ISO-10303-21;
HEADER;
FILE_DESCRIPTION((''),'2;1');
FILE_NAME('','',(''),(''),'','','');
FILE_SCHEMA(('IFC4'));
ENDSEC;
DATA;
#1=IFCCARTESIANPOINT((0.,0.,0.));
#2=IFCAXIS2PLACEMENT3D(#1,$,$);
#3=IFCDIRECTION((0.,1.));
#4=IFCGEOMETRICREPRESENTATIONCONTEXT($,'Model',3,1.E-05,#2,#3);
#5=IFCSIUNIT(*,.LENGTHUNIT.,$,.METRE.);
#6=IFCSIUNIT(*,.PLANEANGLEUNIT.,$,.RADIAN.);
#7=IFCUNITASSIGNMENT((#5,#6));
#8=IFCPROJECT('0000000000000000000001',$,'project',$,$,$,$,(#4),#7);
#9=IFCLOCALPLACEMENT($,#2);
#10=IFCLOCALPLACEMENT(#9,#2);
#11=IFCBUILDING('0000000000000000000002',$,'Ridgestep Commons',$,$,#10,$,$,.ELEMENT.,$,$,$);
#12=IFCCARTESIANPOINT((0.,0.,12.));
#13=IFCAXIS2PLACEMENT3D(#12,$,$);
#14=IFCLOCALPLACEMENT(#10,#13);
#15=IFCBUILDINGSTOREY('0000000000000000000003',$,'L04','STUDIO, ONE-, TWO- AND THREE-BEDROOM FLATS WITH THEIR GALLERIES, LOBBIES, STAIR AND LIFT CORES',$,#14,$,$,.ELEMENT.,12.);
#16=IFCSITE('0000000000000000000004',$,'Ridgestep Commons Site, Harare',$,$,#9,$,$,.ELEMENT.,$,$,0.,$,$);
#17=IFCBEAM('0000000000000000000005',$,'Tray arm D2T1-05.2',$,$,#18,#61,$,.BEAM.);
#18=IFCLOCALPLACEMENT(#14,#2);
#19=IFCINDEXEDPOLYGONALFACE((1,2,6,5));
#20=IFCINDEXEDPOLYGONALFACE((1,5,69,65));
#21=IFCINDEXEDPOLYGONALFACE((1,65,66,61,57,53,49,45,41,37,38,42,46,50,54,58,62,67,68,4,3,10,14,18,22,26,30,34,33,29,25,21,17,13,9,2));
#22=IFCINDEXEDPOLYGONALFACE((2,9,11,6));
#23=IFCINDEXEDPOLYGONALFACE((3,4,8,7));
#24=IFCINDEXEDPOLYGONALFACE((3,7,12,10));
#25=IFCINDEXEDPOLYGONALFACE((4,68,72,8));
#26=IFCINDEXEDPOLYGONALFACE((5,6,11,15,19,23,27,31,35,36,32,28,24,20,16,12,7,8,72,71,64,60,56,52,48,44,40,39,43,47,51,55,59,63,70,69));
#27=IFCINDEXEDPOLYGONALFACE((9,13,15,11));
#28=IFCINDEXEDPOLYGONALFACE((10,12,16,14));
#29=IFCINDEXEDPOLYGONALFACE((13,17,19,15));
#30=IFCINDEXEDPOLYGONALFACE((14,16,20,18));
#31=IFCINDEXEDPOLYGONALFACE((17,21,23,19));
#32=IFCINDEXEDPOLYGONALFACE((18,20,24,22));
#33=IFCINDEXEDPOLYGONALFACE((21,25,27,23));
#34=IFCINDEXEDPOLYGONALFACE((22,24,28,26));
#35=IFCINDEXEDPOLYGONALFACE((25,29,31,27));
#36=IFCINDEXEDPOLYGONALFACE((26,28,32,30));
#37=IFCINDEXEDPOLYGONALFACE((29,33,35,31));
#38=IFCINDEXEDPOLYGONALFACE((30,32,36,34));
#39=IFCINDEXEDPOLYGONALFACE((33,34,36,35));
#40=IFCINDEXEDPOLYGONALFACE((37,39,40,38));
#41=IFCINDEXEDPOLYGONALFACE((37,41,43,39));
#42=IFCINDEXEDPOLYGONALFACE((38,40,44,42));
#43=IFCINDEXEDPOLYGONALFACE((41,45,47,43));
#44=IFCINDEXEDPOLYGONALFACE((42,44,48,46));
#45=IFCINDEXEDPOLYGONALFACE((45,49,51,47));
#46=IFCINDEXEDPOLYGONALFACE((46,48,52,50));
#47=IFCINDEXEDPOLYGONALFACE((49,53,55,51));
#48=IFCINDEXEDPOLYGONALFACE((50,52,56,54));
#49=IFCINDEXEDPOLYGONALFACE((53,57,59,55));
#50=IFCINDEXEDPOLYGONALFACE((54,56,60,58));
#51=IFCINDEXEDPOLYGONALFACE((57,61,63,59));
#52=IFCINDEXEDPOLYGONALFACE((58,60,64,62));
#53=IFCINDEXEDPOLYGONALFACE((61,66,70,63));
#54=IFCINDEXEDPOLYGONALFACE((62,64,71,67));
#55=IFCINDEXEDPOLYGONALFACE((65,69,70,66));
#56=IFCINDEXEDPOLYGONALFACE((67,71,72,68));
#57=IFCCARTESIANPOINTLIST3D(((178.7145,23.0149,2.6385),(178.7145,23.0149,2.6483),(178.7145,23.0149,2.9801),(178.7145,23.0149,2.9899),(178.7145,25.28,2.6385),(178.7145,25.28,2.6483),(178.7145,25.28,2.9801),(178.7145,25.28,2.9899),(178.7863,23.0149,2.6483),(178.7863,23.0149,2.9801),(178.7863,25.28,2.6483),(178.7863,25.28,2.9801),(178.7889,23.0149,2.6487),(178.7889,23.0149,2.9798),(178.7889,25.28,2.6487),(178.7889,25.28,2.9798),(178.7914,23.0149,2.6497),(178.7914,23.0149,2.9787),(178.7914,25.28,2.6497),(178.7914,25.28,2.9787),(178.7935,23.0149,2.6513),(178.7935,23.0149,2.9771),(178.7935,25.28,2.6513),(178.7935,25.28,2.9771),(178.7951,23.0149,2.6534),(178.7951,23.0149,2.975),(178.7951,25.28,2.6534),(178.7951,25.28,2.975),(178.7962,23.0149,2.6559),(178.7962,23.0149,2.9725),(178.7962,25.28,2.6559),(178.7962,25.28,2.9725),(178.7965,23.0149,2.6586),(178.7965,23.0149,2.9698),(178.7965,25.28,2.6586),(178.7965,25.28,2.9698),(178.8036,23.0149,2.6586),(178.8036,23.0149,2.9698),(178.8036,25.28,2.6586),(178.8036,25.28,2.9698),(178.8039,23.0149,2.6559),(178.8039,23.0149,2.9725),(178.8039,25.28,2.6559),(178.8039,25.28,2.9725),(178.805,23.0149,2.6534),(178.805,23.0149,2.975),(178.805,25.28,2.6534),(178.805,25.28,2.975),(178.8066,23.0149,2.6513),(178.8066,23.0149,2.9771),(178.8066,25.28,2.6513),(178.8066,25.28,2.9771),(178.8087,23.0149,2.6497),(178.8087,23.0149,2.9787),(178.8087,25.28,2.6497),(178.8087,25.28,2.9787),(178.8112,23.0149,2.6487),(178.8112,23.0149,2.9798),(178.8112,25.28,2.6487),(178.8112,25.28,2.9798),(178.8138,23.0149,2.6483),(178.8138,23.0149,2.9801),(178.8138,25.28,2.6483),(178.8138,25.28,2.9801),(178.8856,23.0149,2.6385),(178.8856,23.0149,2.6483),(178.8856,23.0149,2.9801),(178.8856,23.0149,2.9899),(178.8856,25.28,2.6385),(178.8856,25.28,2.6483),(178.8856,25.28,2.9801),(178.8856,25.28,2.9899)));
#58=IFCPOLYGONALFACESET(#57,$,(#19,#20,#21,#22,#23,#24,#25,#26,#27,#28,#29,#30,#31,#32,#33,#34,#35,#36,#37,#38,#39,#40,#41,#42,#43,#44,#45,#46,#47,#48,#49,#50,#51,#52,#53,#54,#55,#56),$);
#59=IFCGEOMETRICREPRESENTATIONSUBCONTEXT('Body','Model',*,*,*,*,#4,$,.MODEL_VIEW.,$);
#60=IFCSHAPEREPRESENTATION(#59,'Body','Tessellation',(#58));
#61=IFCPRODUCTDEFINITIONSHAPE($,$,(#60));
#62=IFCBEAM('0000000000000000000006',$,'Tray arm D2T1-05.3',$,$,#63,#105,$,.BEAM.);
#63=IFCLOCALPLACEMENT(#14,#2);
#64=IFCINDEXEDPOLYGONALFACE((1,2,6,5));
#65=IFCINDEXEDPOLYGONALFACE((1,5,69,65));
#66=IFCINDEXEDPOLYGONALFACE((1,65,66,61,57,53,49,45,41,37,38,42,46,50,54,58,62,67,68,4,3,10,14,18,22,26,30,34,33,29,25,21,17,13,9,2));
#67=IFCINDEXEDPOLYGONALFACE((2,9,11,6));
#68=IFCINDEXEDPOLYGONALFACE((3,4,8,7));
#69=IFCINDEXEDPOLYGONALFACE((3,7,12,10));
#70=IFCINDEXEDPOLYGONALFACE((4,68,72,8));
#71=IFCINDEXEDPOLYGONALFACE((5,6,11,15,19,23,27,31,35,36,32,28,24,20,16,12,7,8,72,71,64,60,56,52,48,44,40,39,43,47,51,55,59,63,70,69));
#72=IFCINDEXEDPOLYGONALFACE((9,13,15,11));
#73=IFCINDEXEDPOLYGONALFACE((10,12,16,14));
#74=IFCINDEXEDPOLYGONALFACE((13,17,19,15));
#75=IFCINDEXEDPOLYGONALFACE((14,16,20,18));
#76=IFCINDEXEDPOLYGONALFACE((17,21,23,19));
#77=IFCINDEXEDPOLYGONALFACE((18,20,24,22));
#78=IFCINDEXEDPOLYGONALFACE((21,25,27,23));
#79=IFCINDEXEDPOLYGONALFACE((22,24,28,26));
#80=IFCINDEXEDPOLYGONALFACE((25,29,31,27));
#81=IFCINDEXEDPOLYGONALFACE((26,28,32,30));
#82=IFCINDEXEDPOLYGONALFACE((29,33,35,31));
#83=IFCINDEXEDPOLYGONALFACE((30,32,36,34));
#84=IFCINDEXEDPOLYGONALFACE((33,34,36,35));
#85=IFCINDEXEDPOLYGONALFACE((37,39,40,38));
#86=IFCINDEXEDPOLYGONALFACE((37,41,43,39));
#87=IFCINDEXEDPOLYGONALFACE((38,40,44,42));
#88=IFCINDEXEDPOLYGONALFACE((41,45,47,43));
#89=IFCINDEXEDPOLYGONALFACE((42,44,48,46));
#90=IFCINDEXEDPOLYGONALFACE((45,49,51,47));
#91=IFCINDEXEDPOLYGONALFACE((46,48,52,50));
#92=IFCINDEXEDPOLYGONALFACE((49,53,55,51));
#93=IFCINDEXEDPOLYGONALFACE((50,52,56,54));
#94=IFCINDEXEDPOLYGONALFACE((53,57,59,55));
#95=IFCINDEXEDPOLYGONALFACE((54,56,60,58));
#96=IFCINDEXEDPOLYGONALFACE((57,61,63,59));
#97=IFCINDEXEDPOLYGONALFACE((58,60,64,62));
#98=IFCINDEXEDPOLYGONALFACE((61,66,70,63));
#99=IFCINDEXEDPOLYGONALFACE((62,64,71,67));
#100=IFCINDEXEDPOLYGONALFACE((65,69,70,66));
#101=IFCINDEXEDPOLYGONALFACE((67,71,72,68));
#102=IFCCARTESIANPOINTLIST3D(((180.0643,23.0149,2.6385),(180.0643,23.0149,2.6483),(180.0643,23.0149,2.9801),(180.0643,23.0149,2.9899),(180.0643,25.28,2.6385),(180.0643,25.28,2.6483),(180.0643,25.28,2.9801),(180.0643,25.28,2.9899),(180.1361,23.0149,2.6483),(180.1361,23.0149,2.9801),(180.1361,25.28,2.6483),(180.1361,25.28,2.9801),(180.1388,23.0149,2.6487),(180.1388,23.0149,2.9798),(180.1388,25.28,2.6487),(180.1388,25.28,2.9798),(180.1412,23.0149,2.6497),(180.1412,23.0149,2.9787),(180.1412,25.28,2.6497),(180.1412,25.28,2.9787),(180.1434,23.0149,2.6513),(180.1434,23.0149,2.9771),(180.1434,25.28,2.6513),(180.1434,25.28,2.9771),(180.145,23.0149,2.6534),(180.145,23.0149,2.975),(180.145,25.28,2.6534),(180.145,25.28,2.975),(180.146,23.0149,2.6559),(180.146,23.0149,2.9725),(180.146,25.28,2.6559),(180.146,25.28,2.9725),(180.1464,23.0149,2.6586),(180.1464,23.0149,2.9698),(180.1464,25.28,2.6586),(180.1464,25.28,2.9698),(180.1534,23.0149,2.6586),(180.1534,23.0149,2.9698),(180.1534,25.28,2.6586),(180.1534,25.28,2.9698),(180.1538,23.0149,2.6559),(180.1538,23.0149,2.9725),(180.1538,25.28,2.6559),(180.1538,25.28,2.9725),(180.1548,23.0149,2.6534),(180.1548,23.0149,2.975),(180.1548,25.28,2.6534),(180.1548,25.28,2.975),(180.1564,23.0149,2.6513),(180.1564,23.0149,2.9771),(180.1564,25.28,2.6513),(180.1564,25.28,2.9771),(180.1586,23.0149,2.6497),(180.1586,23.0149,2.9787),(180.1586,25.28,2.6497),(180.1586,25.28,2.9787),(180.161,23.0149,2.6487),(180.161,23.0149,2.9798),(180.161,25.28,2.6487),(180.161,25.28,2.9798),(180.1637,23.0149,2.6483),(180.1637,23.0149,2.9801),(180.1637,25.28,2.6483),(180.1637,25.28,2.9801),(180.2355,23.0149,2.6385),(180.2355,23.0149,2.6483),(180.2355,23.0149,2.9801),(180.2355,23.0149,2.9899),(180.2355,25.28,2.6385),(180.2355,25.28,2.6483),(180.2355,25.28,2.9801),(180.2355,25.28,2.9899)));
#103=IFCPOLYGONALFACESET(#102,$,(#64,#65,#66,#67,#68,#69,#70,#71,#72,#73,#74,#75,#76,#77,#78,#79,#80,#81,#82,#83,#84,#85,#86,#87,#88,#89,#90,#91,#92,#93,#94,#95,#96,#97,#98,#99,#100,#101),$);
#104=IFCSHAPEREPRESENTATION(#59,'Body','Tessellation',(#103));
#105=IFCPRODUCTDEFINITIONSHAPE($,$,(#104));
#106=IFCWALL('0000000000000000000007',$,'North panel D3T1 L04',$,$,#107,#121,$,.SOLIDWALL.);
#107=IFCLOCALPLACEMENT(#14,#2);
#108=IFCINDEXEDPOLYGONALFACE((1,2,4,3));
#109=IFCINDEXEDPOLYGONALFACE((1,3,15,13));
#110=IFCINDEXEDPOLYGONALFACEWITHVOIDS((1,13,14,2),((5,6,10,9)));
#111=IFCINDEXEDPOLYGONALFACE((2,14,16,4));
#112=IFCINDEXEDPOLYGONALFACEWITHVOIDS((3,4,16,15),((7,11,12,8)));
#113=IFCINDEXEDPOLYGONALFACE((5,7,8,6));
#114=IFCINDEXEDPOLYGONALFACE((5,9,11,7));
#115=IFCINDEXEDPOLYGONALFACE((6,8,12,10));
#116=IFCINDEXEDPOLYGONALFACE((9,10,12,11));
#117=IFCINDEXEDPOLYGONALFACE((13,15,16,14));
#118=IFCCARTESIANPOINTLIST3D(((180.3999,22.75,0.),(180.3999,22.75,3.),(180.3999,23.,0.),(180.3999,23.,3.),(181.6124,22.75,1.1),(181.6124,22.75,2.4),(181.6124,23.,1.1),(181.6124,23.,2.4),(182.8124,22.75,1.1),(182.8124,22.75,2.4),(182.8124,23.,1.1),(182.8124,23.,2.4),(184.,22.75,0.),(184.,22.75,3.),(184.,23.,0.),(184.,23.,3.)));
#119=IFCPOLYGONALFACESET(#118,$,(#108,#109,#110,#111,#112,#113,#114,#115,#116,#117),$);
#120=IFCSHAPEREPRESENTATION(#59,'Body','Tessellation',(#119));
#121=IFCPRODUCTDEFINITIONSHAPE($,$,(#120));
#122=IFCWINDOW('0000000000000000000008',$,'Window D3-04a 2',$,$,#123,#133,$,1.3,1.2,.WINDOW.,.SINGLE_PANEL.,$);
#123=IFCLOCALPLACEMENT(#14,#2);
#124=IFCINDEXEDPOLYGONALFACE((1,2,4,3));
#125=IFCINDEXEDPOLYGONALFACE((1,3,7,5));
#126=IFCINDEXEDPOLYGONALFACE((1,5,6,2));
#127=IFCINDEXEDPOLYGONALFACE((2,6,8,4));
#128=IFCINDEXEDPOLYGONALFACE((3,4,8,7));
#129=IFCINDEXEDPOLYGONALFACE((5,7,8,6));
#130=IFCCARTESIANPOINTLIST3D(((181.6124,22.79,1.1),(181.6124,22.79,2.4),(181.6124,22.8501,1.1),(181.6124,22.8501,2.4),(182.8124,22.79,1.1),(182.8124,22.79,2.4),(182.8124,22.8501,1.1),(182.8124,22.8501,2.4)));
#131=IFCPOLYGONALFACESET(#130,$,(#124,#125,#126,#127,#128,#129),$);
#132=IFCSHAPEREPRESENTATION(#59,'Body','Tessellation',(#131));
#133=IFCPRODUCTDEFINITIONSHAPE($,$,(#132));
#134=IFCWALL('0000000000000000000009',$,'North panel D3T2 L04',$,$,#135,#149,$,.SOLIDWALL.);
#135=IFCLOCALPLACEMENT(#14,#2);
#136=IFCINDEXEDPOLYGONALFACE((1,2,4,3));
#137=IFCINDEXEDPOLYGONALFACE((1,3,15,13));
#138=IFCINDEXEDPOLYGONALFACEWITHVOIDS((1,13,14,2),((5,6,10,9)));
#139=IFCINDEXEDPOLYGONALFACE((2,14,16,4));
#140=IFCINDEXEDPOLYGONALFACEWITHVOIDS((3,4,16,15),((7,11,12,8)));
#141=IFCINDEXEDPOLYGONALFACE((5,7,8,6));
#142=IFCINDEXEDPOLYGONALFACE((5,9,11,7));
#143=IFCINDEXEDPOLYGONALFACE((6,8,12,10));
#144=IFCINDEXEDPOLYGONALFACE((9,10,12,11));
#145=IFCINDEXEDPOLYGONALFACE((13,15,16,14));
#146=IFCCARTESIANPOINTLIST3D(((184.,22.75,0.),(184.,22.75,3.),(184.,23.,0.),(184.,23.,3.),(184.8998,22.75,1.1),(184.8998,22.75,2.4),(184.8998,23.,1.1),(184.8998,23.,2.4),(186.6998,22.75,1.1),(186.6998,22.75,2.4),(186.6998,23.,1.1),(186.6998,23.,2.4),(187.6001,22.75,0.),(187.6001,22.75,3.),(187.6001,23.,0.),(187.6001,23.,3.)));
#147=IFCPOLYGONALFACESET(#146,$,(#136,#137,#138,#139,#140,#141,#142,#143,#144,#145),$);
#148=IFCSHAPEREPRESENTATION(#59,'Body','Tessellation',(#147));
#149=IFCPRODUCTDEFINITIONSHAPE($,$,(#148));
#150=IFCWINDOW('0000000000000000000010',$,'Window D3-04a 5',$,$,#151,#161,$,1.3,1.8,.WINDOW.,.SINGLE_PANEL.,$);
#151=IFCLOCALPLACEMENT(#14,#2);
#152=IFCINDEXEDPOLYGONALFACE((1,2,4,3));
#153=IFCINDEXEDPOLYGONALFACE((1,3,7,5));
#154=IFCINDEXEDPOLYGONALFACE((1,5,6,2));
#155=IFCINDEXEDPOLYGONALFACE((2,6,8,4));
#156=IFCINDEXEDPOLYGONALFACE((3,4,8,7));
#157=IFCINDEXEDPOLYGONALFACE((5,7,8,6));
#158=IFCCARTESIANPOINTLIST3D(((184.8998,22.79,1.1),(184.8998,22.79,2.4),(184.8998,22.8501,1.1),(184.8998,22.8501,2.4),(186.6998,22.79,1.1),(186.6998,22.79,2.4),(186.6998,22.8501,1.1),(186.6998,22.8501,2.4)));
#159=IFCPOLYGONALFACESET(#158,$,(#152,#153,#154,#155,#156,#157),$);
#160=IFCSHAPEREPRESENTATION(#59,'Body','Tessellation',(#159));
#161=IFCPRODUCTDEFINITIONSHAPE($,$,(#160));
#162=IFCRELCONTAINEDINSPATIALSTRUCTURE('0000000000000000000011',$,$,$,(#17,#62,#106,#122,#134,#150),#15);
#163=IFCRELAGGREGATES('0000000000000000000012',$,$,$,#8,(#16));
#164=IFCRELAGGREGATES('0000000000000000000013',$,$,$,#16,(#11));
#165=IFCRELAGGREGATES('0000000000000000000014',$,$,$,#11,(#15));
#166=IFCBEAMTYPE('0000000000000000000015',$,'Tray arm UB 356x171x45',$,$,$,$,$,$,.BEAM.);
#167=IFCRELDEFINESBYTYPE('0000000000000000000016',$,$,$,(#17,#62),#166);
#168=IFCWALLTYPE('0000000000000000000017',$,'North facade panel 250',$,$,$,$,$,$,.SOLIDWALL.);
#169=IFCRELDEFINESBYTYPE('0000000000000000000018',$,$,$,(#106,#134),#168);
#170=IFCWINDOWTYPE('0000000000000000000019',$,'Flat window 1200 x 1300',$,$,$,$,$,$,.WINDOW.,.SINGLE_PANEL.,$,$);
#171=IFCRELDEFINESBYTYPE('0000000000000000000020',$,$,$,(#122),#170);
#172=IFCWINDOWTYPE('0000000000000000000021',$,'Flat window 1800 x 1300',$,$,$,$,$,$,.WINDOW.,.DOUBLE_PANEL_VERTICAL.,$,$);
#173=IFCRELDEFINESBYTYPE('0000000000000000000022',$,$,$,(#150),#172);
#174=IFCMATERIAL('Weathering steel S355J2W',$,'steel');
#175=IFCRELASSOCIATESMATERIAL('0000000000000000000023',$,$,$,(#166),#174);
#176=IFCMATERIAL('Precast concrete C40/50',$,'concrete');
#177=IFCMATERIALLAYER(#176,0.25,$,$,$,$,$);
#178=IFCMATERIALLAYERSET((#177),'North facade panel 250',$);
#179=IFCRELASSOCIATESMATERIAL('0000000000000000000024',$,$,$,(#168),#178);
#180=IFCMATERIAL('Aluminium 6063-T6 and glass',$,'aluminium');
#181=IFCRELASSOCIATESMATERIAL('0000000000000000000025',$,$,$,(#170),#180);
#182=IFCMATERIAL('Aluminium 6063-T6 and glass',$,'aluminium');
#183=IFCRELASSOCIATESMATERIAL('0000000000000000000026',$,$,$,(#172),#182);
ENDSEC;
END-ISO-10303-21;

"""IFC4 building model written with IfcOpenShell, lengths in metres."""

from ifc_helpers import new_model, si_unit, direction, frame, frame_2d, origin, origin_2d, place, context, subcontext, project, spatial, rectangle, i_section, extrude, material, layer, layer_set, material_profile, profile_set, type_object, element, fill, save


model = new_model("IFC4")

# Units and contexts
model_context = context("Model", 3, precision=1e-05, world=origin(), true_north=direction((0.0, 1.0)))
body_context = subcontext(model_context, "Body", "Model", "MODEL_VIEW")
ifc_project = project(units=[si_unit("LENGTHUNIT", "METRE"), si_unit("PLANEANGLEUNIT", "RADIAN")], contexts=[model_context])

# Site, building, storey
site_placement = place(None, origin())
site = spatial("IfcSite", under=ifc_project, at=site_placement, Name="Ridgestep Commons Site, Harare", CompositionType="ELEMENT", RefElevation=0.0)
building_placement = place(site_placement, origin())
building = spatial("IfcBuilding", under=site, at=building_placement, Name="Ridgestep Commons", CompositionType="ELEMENT")
storey_placement = place(building_placement, frame((0.0, 0.0, 12.0)))
storey = spatial("IfcBuildingStorey", under=building, at=storey_placement, Name="L04", Description="STUDIO, ONE-, TWO- AND THREE-BEDROOM FLATS WITH THEIR GALLERIES, LOBBIES, STAIR AND LIFT CORES", CompositionType="ELEMENT", Elevation=12.0)

# Beams
ifc_material_1 = material(Name="Weathering steel S355J2W", Category="steel")
ifc_material_profile = material_profile(ifc_material_1, i_section(OverallWidth=0.1711, OverallDepth=0.3513, WebThickness=0.0071, FlangeThickness=0.0098, FilletRadius=0.0103, at=origin_2d()), Name="UB 356x171x45")
ifc_profile_set = profile_set([ifc_material_profile], Name="Weathering steel S355J2W")
beam_type = type_object("IfcBeamType", Name="Tray arm UB 356x171x45", PredefinedType="BEAM", material=ifc_profile_set)
for number, where, z_axis, x_axis, name in (
    (1, (178.8, 23.0149, 2.8142), (0.0, 1.0, 0.0), (-1.0, 0.0, 0.0), "Tray arm D2T1-05.2"),
    (2, (180.1499, 23.0149, 2.8142), (0.0, 1.0, 0.0), (-1.0, 0.0, 0.0), "Tray arm D2T1-05.3"),
):
    element("IfcBeam", number, at=place(storey_placement, frame(where, z_axis=z_axis, x_axis=x_axis)), inside=storey, type_object=beam_type, Name=name, PredefinedType="BEAM", context=body_context, shape_type="SweptSolid", body=[
        extrude(i_section(OverallWidth=0.1711, OverallDepth=0.3513, WebThickness=0.0071, FlangeThickness=0.0098, FilletRadius=0.0103, at=origin_2d()), origin(), (0.0, 0.0, 1.0), 2.2651),
    ])

# Walls, openings, windows
ifc_material_2 = material(Name="Precast concrete C40/50", Category="concrete")
ifc_layer_1 = layer(ifc_material_2, 0.25)
ifc_layer_set_1 = layer_set([ifc_layer_1], Name="North facade panel 250")
wall_type_1 = type_object("IfcWallType", Name="North facade panel 250", PredefinedType="SOLIDWALL", material=ifc_layer_set_1)
wall_1_placement = place(storey_placement, frame((180.3999, 22.875, 0.0), z_axis=(0.0, 0.0, 1.0), x_axis=(1.0, 0.0, 0.0)))
wall_1 = element("IfcWall", 3, at=wall_1_placement, inside=storey, type_object=wall_type_1, Name="North panel D3T1 L04", PredefinedType="SOLIDWALL", context=body_context, shape_type="SweptSolid", body=[
    extrude(rectangle(XDim=3.6001, YDim=0.25, at=frame_2d((1.8, 0.0))), origin(), (0.0, 0.0, 1.0), 3.0),
])
opening_1_placement = place(wall_1_placement, frame((1.2124, 0.0, 1.1001)))
opening_1 = element("IfcOpeningElement", 4, at=opening_1_placement, cuts=wall_1, PredefinedType="OPENING", context=body_context, shape_type="SweptSolid", body=[
    extrude(rectangle(XDim=1.2, YDim=1.3, at=frame_2d((0.6001, 0.6499))), frame((0.0, 0.135, 0.0), z_axis=(0.0, -1.0, 0.0), x_axis=(1.0, 0.0, 0.0)), (0.0, 0.0, 1.0), 0.27),
])
ifc_material_3 = material(Name="Aluminium 6063-T6 and glass", Category="aluminium")
window_type_1 = type_object("IfcWindowType", Name="Flat window 1200 x 1300", PartitioningType="SINGLE_PANEL", PredefinedType="WINDOW", material=ifc_material_3)
window_1_placement = place(opening_1_placement, origin())
window_1 = element("IfcWindow", 5, at=window_1_placement, inside=storey, type_object=window_type_1, Name="Window D3-04a 2", OverallHeight=1.3, OverallWidth=1.2, PartitioningType="SINGLE_PANEL", PredefinedType="WINDOW", context=body_context, shape_type="SweptSolid", body=[
    extrude(rectangle(XDim=1.2, YDim=1.3, at=frame_2d((0.6001, 0.6499))), frame((0.0, -0.0249, 0.0), z_axis=(0.0, -1.0, 0.0), x_axis=(1.0, 0.0, 0.0)), (0.0, 0.0, 1.0), 0.0601),
])
fill(opening_1, window_1)
wall_2_placement = place(storey_placement, frame((184.0, 22.875, 0.0), z_axis=(0.0, 0.0, 1.0), x_axis=(1.0, 0.0, 0.0)))
wall_2 = element("IfcWall", 6, at=wall_2_placement, inside=storey, type_object=wall_type_1, Name="North panel D3T2 L04", PredefinedType="SOLIDWALL", context=body_context, shape_type="SweptSolid", body=[
    extrude(rectangle(XDim=3.6001, YDim=0.25, at=frame_2d((1.8, 0.0))), origin(), (0.0, 0.0, 1.0), 3.0),
])
opening_2_placement = place(wall_2_placement, frame((0.8999, 0.0, 1.1001)))
opening_2 = element("IfcOpeningElement", 7, at=opening_2_placement, cuts=wall_2, PredefinedType="OPENING", context=body_context, shape_type="SweptSolid", body=[
    extrude(rectangle(XDim=1.8, YDim=1.3, at=frame_2d((0.8999, 0.6499))), frame((0.0, 0.135, 0.0), z_axis=(0.0, -1.0, 0.0), x_axis=(1.0, 0.0, 0.0)), (0.0, 0.0, 1.0), 0.27),
])
ifc_material_4 = material(Name="Aluminium 6063-T6 and glass", Category="aluminium")
window_type_2 = type_object("IfcWindowType", Name="Flat window 1800 x 1300", PartitioningType="DOUBLE_PANEL_VERTICAL", PredefinedType="WINDOW", material=ifc_material_4)
window_2_placement = place(opening_2_placement, origin())
window_2 = element("IfcWindow", 8, at=window_2_placement, inside=storey, type_object=window_type_2, Name="Window D3-04a 5", OverallHeight=1.3, OverallWidth=1.8, PartitioningType="SINGLE_PANEL", PredefinedType="WINDOW", context=body_context, shape_type="SweptSolid", body=[
    extrude(rectangle(XDim=1.8, YDim=1.3, at=frame_2d((0.8999, 0.6499))), frame((0.0, -0.0249, 0.0), z_axis=(0.0, -1.0, 0.0), x_axis=(1.0, 0.0, 0.0)), (0.0, 0.0, 1.0), 0.0601),
])
fill(opening_2, window_2)

save(model, "model.ifc")
